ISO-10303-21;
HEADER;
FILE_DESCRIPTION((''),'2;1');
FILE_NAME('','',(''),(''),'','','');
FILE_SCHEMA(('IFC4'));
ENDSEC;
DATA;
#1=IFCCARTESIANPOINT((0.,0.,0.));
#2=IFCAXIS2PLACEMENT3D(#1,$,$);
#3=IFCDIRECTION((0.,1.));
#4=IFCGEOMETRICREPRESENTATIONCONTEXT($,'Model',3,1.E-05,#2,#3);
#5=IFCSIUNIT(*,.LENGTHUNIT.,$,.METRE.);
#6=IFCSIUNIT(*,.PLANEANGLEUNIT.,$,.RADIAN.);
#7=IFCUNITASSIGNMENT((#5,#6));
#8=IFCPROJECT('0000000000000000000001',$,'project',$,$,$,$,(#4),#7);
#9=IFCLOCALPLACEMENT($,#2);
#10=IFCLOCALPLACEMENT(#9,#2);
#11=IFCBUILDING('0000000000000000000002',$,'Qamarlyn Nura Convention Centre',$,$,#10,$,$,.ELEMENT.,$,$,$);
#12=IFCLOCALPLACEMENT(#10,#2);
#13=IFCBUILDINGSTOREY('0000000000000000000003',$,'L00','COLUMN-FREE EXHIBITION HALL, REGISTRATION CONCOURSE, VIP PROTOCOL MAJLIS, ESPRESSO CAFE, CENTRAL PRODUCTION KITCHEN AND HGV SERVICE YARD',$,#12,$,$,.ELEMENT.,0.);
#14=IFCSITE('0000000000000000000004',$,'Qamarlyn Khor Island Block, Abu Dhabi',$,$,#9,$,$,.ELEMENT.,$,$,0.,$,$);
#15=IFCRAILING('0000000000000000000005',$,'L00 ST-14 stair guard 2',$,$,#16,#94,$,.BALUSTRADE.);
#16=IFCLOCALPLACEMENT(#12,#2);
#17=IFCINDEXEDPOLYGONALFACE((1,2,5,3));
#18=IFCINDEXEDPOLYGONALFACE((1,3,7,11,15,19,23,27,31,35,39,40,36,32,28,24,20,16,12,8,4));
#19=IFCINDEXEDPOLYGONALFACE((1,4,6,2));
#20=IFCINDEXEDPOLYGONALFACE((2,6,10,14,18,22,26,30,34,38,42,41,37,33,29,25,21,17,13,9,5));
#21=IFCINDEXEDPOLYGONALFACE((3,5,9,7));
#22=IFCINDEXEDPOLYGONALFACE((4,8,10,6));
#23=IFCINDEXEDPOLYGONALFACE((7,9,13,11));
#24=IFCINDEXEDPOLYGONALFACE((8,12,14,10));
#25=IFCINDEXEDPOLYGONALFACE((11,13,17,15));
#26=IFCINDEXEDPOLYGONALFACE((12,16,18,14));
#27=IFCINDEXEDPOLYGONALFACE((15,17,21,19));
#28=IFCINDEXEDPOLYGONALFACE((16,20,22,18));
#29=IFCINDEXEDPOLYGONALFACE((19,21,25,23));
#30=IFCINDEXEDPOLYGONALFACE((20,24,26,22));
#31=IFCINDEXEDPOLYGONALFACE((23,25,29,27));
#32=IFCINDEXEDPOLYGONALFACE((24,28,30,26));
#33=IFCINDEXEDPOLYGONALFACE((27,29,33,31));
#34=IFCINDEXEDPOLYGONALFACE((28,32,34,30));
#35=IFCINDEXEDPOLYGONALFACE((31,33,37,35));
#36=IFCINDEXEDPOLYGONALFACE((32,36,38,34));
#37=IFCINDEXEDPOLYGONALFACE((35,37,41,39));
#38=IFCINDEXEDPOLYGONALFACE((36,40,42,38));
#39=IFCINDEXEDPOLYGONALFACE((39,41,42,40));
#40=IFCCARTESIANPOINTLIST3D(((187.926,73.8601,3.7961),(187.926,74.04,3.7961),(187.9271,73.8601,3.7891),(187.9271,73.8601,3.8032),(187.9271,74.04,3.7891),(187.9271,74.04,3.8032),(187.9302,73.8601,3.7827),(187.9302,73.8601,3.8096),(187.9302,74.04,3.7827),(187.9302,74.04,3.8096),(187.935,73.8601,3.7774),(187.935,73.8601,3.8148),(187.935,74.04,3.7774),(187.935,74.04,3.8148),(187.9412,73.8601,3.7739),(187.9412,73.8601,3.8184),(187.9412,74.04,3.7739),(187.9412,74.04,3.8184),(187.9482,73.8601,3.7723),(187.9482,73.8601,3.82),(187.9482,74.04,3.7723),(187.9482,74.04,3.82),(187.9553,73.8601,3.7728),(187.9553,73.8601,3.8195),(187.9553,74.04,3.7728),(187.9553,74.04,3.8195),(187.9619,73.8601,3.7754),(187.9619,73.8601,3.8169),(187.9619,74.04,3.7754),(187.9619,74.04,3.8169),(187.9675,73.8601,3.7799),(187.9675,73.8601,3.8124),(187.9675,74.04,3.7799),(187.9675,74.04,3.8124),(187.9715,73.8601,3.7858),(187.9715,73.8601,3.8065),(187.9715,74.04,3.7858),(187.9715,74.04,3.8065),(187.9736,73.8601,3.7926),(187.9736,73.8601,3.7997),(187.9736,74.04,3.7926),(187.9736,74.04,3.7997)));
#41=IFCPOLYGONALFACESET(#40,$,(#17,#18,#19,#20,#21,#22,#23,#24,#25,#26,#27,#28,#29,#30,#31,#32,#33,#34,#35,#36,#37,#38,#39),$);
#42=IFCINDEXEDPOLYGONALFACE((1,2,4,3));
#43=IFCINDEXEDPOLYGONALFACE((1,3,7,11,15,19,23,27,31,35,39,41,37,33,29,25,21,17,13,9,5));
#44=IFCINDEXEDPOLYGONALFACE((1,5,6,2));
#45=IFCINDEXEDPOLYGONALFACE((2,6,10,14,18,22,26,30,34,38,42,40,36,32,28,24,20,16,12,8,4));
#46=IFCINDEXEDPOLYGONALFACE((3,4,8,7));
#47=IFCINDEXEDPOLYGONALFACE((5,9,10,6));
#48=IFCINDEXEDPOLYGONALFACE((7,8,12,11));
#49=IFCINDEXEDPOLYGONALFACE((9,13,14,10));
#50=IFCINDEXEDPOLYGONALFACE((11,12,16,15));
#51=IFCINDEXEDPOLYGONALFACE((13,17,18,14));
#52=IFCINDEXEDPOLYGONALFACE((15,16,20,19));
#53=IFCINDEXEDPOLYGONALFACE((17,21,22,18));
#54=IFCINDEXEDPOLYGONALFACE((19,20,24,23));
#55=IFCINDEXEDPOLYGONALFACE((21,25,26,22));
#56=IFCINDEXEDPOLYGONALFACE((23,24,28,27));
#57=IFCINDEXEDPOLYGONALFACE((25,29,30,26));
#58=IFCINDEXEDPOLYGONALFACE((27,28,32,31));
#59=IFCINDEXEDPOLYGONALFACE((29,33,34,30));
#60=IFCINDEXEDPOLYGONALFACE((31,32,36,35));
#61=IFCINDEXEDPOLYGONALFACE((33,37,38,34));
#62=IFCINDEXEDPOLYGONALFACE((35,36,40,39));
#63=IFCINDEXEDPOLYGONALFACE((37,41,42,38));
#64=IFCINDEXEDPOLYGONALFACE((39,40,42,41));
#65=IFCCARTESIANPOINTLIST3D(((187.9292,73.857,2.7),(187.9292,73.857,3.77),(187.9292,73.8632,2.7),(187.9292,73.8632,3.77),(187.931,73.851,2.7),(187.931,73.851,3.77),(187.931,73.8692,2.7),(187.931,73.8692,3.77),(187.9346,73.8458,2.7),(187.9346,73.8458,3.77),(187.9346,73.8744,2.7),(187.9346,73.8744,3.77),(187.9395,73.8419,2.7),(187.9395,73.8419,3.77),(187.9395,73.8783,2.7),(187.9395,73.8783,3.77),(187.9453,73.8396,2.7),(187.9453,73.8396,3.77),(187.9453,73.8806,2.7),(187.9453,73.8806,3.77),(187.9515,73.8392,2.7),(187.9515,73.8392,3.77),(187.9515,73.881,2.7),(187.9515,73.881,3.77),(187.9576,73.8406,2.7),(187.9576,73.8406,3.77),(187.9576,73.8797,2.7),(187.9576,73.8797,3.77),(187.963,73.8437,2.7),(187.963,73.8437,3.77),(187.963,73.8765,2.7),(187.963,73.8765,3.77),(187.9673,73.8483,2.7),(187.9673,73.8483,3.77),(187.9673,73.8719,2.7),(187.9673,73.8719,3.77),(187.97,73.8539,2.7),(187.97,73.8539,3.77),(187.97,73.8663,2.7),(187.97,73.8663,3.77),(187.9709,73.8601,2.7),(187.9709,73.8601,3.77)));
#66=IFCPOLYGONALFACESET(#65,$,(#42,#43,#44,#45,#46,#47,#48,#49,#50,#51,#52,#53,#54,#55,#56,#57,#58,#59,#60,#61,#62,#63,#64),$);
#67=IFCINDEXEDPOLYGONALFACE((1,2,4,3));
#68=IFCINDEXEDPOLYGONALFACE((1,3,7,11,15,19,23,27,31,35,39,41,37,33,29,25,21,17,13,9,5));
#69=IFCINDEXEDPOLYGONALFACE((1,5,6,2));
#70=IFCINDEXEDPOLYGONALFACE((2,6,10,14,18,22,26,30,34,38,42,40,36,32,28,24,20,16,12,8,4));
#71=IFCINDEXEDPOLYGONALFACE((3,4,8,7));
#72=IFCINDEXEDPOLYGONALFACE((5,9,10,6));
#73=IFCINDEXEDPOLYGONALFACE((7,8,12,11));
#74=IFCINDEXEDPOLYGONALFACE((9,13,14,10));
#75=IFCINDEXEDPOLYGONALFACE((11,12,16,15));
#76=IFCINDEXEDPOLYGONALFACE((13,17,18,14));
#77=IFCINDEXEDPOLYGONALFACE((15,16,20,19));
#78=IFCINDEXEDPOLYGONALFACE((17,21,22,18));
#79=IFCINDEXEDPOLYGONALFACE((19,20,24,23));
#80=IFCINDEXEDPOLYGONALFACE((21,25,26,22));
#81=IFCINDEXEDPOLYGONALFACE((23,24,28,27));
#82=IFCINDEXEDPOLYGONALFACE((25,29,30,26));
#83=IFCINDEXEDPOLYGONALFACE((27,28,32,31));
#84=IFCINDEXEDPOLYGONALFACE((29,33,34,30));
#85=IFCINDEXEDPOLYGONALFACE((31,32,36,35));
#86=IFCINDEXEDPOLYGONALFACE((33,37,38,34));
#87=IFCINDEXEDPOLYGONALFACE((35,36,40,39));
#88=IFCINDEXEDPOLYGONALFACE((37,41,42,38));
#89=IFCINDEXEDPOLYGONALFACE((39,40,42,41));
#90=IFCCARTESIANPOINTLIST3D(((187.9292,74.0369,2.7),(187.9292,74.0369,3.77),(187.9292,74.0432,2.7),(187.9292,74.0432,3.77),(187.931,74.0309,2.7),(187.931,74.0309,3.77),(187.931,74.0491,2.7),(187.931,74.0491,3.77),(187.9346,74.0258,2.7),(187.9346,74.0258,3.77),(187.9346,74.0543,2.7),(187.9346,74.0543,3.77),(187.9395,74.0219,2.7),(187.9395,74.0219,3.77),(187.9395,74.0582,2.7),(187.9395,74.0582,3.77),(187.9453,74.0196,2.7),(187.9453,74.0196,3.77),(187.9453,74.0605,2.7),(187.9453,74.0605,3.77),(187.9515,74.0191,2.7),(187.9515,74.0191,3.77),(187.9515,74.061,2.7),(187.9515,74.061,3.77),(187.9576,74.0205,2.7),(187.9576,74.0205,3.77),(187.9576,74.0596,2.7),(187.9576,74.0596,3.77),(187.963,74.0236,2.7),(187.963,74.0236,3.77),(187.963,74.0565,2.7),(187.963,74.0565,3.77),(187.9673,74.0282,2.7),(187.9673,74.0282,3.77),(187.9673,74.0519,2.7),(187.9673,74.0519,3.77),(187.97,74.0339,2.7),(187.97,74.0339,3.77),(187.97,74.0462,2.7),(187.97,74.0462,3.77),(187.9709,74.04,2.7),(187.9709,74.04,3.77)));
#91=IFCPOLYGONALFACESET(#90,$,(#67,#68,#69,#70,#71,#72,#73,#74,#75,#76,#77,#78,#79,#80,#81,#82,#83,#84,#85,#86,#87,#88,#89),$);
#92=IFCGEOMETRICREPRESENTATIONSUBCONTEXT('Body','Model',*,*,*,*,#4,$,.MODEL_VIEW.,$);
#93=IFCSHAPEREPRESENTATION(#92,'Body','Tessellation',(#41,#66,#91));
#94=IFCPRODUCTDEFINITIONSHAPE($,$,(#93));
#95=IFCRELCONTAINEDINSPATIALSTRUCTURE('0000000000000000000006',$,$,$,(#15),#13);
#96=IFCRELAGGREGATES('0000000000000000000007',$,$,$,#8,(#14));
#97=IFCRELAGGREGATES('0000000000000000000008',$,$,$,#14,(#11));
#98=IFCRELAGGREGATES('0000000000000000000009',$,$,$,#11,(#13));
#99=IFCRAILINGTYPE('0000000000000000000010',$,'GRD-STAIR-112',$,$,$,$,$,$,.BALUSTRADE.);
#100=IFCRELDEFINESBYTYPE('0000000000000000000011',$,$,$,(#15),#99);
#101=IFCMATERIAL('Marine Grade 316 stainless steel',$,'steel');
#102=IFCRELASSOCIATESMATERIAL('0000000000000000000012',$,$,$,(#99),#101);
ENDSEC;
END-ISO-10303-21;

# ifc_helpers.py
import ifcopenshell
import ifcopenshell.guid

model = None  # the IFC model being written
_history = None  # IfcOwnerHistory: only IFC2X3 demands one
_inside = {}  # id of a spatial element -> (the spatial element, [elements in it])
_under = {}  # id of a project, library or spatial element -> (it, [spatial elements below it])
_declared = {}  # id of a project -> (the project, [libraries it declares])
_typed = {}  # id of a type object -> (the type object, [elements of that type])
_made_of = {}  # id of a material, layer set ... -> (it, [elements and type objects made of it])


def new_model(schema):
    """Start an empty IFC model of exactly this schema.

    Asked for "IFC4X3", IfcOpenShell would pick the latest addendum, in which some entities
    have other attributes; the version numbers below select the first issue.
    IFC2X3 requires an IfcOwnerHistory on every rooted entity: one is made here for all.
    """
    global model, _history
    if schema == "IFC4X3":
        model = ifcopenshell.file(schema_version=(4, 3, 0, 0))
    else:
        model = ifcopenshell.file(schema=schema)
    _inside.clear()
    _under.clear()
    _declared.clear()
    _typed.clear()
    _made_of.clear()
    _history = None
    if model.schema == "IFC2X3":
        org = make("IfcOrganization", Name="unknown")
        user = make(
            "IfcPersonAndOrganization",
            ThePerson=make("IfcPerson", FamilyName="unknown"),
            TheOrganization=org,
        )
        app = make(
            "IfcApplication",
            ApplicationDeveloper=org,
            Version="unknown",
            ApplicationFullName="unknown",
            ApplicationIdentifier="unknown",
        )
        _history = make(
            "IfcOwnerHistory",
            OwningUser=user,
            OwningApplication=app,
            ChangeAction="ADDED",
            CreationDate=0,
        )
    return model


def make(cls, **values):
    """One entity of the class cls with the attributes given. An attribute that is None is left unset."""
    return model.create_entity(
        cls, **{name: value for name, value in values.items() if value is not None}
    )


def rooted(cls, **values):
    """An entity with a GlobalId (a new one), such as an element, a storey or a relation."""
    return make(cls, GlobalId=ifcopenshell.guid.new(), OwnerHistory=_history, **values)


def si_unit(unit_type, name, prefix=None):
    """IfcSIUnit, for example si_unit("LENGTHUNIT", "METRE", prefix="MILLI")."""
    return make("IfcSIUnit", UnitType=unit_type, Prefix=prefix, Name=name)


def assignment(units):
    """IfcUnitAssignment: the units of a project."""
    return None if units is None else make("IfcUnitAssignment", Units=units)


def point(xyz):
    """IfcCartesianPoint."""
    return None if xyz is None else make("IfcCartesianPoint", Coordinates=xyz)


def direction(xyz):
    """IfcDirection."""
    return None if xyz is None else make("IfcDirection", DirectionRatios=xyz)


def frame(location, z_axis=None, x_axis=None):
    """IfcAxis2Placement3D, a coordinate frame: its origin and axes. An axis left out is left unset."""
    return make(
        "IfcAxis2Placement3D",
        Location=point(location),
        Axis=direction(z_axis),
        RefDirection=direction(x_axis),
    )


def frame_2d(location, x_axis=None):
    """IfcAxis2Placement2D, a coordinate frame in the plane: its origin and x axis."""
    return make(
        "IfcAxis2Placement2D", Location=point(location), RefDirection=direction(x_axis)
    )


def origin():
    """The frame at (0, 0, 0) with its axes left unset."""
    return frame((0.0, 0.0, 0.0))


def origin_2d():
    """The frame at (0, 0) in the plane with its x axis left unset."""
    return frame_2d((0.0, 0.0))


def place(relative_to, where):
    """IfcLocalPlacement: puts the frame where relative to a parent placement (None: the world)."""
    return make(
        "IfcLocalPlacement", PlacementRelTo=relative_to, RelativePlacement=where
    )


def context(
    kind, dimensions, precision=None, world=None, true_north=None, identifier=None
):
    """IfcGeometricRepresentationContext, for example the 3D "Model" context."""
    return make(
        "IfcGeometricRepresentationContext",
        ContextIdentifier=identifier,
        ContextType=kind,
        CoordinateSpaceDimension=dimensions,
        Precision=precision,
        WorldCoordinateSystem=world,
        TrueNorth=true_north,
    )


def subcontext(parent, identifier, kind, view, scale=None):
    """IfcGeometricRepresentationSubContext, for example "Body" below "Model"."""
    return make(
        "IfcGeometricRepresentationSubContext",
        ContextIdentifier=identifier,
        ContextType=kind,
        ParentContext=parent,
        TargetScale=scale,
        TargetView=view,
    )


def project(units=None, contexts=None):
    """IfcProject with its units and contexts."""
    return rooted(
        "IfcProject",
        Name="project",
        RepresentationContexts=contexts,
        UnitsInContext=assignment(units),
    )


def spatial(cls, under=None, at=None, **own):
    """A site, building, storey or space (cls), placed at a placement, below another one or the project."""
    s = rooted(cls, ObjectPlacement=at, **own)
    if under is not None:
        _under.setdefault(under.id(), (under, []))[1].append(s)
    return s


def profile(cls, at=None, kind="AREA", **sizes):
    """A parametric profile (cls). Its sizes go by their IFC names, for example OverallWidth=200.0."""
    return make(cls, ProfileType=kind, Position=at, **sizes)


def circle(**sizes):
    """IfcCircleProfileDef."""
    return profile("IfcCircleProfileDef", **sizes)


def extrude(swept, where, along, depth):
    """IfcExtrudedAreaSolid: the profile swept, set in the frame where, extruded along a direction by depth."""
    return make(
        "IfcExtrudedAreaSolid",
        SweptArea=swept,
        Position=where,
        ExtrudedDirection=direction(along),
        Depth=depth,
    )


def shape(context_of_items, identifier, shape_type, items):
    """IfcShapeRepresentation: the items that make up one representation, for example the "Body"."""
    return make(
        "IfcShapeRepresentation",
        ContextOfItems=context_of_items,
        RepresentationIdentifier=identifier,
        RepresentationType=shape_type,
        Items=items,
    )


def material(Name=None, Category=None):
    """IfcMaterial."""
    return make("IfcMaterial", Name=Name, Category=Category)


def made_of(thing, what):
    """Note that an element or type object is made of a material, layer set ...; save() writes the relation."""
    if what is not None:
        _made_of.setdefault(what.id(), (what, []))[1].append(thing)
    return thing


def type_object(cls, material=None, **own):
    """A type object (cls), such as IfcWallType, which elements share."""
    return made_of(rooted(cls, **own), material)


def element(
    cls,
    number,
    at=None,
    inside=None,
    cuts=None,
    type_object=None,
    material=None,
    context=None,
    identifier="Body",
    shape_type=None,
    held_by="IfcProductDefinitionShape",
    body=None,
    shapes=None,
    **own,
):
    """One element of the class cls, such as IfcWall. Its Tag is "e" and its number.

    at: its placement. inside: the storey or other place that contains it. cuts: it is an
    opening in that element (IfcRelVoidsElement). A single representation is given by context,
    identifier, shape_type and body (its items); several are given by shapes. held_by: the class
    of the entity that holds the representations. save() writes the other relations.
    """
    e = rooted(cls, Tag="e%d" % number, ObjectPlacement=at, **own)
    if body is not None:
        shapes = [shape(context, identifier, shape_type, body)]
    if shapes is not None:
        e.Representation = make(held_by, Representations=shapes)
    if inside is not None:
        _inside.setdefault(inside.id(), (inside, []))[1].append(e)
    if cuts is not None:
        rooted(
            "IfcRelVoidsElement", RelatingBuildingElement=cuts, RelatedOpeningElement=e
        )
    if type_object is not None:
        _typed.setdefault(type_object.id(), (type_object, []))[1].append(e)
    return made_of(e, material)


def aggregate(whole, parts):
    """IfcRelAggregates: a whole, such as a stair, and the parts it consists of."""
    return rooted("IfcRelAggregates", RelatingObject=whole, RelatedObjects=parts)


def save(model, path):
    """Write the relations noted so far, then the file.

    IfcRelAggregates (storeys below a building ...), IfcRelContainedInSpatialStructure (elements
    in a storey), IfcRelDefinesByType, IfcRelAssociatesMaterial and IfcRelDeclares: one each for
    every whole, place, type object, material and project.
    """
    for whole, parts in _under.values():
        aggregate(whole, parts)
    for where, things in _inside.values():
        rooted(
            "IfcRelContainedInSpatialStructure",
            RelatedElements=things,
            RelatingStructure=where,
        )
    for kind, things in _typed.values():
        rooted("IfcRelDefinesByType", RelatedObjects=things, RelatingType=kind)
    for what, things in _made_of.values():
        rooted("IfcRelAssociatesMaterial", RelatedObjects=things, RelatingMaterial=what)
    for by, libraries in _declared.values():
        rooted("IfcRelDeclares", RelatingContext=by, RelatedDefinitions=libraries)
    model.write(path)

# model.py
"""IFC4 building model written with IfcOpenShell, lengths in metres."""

from ifc_helpers import new_model, si_unit, direction, frame, origin, origin_2d, place, context, subcontext, project, spatial, circle, extrude, material, type_object, element, save


model = new_model("IFC4")

# Units and contexts
model_context = context("Model", 3, precision=1e-05, world=origin(), true_north=direction((0.0, 1.0)))
body_context = subcontext(model_context, "Body", "Model", "MODEL_VIEW")
ifc_project = project(units=[si_unit("LENGTHUNIT", "METRE"), si_unit("PLANEANGLEUNIT", "RADIAN")], contexts=[model_context])

# Site, building, storey
site_placement = place(None, origin())
site = spatial("IfcSite", under=ifc_project, at=site_placement, Name="Qamarlyn Khor Island Block, Abu Dhabi", CompositionType="ELEMENT", RefElevation=0.0)
building_placement = place(site_placement, origin())
building = spatial("IfcBuilding", under=site, at=building_placement, Name="Qamarlyn Nura Convention Centre", CompositionType="ELEMENT")
storey_placement = place(building_placement, origin())
storey = spatial("IfcBuildingStorey", under=building, at=storey_placement, Name="L00", Description="COLUMN-FREE EXHIBITION HALL, REGISTRATION CONCOURSE, VIP PROTOCOL MAJLIS, ESPRESSO CAFE, CENTRAL PRODUCTION KITCHEN AND HGV SERVICE YARD", CompositionType="ELEMENT", Elevation=0.0)

# Railing
ifc_material_1 = material(Name="Marine Grade 316 stainless steel", Category="steel")
railing_type_1 = type_object("IfcRailingType", Name="GRD-STAIR-112", PredefinedType="BALUSTRADE", material=ifc_material_1)
railing_1_placement = place(storey_placement, frame((187.95, 73.8601, 2.7)))
element("IfcRailing", 1, at=railing_1_placement, inside=storey, type_object=railing_type_1, Name="L00 ST-14 stair guard 2", PredefinedType="BALUSTRADE", context=body_context, shape_type="SweptSolid", body=[
    extrude(circle(Radius=0.0239, at=origin_2d()), frame((0.0, 0.0, 1.0962), z_axis=(0.0, 1.0, 0.0), x_axis=(-1.0, 0.0, 0.0)), (0.0, 0.0, 1.0), 0.1799),
    extrude(circle(Radius=0.021, at=origin_2d()), origin(), (0.0, 0.0, 1.0), 1.0701),
    extrude(circle(Radius=0.021, at=origin_2d()), frame((0.0, 0.1799, 0.0)), (0.0, 0.0, 1.0), 1.0701),
])

save(model, "model.ifc")
